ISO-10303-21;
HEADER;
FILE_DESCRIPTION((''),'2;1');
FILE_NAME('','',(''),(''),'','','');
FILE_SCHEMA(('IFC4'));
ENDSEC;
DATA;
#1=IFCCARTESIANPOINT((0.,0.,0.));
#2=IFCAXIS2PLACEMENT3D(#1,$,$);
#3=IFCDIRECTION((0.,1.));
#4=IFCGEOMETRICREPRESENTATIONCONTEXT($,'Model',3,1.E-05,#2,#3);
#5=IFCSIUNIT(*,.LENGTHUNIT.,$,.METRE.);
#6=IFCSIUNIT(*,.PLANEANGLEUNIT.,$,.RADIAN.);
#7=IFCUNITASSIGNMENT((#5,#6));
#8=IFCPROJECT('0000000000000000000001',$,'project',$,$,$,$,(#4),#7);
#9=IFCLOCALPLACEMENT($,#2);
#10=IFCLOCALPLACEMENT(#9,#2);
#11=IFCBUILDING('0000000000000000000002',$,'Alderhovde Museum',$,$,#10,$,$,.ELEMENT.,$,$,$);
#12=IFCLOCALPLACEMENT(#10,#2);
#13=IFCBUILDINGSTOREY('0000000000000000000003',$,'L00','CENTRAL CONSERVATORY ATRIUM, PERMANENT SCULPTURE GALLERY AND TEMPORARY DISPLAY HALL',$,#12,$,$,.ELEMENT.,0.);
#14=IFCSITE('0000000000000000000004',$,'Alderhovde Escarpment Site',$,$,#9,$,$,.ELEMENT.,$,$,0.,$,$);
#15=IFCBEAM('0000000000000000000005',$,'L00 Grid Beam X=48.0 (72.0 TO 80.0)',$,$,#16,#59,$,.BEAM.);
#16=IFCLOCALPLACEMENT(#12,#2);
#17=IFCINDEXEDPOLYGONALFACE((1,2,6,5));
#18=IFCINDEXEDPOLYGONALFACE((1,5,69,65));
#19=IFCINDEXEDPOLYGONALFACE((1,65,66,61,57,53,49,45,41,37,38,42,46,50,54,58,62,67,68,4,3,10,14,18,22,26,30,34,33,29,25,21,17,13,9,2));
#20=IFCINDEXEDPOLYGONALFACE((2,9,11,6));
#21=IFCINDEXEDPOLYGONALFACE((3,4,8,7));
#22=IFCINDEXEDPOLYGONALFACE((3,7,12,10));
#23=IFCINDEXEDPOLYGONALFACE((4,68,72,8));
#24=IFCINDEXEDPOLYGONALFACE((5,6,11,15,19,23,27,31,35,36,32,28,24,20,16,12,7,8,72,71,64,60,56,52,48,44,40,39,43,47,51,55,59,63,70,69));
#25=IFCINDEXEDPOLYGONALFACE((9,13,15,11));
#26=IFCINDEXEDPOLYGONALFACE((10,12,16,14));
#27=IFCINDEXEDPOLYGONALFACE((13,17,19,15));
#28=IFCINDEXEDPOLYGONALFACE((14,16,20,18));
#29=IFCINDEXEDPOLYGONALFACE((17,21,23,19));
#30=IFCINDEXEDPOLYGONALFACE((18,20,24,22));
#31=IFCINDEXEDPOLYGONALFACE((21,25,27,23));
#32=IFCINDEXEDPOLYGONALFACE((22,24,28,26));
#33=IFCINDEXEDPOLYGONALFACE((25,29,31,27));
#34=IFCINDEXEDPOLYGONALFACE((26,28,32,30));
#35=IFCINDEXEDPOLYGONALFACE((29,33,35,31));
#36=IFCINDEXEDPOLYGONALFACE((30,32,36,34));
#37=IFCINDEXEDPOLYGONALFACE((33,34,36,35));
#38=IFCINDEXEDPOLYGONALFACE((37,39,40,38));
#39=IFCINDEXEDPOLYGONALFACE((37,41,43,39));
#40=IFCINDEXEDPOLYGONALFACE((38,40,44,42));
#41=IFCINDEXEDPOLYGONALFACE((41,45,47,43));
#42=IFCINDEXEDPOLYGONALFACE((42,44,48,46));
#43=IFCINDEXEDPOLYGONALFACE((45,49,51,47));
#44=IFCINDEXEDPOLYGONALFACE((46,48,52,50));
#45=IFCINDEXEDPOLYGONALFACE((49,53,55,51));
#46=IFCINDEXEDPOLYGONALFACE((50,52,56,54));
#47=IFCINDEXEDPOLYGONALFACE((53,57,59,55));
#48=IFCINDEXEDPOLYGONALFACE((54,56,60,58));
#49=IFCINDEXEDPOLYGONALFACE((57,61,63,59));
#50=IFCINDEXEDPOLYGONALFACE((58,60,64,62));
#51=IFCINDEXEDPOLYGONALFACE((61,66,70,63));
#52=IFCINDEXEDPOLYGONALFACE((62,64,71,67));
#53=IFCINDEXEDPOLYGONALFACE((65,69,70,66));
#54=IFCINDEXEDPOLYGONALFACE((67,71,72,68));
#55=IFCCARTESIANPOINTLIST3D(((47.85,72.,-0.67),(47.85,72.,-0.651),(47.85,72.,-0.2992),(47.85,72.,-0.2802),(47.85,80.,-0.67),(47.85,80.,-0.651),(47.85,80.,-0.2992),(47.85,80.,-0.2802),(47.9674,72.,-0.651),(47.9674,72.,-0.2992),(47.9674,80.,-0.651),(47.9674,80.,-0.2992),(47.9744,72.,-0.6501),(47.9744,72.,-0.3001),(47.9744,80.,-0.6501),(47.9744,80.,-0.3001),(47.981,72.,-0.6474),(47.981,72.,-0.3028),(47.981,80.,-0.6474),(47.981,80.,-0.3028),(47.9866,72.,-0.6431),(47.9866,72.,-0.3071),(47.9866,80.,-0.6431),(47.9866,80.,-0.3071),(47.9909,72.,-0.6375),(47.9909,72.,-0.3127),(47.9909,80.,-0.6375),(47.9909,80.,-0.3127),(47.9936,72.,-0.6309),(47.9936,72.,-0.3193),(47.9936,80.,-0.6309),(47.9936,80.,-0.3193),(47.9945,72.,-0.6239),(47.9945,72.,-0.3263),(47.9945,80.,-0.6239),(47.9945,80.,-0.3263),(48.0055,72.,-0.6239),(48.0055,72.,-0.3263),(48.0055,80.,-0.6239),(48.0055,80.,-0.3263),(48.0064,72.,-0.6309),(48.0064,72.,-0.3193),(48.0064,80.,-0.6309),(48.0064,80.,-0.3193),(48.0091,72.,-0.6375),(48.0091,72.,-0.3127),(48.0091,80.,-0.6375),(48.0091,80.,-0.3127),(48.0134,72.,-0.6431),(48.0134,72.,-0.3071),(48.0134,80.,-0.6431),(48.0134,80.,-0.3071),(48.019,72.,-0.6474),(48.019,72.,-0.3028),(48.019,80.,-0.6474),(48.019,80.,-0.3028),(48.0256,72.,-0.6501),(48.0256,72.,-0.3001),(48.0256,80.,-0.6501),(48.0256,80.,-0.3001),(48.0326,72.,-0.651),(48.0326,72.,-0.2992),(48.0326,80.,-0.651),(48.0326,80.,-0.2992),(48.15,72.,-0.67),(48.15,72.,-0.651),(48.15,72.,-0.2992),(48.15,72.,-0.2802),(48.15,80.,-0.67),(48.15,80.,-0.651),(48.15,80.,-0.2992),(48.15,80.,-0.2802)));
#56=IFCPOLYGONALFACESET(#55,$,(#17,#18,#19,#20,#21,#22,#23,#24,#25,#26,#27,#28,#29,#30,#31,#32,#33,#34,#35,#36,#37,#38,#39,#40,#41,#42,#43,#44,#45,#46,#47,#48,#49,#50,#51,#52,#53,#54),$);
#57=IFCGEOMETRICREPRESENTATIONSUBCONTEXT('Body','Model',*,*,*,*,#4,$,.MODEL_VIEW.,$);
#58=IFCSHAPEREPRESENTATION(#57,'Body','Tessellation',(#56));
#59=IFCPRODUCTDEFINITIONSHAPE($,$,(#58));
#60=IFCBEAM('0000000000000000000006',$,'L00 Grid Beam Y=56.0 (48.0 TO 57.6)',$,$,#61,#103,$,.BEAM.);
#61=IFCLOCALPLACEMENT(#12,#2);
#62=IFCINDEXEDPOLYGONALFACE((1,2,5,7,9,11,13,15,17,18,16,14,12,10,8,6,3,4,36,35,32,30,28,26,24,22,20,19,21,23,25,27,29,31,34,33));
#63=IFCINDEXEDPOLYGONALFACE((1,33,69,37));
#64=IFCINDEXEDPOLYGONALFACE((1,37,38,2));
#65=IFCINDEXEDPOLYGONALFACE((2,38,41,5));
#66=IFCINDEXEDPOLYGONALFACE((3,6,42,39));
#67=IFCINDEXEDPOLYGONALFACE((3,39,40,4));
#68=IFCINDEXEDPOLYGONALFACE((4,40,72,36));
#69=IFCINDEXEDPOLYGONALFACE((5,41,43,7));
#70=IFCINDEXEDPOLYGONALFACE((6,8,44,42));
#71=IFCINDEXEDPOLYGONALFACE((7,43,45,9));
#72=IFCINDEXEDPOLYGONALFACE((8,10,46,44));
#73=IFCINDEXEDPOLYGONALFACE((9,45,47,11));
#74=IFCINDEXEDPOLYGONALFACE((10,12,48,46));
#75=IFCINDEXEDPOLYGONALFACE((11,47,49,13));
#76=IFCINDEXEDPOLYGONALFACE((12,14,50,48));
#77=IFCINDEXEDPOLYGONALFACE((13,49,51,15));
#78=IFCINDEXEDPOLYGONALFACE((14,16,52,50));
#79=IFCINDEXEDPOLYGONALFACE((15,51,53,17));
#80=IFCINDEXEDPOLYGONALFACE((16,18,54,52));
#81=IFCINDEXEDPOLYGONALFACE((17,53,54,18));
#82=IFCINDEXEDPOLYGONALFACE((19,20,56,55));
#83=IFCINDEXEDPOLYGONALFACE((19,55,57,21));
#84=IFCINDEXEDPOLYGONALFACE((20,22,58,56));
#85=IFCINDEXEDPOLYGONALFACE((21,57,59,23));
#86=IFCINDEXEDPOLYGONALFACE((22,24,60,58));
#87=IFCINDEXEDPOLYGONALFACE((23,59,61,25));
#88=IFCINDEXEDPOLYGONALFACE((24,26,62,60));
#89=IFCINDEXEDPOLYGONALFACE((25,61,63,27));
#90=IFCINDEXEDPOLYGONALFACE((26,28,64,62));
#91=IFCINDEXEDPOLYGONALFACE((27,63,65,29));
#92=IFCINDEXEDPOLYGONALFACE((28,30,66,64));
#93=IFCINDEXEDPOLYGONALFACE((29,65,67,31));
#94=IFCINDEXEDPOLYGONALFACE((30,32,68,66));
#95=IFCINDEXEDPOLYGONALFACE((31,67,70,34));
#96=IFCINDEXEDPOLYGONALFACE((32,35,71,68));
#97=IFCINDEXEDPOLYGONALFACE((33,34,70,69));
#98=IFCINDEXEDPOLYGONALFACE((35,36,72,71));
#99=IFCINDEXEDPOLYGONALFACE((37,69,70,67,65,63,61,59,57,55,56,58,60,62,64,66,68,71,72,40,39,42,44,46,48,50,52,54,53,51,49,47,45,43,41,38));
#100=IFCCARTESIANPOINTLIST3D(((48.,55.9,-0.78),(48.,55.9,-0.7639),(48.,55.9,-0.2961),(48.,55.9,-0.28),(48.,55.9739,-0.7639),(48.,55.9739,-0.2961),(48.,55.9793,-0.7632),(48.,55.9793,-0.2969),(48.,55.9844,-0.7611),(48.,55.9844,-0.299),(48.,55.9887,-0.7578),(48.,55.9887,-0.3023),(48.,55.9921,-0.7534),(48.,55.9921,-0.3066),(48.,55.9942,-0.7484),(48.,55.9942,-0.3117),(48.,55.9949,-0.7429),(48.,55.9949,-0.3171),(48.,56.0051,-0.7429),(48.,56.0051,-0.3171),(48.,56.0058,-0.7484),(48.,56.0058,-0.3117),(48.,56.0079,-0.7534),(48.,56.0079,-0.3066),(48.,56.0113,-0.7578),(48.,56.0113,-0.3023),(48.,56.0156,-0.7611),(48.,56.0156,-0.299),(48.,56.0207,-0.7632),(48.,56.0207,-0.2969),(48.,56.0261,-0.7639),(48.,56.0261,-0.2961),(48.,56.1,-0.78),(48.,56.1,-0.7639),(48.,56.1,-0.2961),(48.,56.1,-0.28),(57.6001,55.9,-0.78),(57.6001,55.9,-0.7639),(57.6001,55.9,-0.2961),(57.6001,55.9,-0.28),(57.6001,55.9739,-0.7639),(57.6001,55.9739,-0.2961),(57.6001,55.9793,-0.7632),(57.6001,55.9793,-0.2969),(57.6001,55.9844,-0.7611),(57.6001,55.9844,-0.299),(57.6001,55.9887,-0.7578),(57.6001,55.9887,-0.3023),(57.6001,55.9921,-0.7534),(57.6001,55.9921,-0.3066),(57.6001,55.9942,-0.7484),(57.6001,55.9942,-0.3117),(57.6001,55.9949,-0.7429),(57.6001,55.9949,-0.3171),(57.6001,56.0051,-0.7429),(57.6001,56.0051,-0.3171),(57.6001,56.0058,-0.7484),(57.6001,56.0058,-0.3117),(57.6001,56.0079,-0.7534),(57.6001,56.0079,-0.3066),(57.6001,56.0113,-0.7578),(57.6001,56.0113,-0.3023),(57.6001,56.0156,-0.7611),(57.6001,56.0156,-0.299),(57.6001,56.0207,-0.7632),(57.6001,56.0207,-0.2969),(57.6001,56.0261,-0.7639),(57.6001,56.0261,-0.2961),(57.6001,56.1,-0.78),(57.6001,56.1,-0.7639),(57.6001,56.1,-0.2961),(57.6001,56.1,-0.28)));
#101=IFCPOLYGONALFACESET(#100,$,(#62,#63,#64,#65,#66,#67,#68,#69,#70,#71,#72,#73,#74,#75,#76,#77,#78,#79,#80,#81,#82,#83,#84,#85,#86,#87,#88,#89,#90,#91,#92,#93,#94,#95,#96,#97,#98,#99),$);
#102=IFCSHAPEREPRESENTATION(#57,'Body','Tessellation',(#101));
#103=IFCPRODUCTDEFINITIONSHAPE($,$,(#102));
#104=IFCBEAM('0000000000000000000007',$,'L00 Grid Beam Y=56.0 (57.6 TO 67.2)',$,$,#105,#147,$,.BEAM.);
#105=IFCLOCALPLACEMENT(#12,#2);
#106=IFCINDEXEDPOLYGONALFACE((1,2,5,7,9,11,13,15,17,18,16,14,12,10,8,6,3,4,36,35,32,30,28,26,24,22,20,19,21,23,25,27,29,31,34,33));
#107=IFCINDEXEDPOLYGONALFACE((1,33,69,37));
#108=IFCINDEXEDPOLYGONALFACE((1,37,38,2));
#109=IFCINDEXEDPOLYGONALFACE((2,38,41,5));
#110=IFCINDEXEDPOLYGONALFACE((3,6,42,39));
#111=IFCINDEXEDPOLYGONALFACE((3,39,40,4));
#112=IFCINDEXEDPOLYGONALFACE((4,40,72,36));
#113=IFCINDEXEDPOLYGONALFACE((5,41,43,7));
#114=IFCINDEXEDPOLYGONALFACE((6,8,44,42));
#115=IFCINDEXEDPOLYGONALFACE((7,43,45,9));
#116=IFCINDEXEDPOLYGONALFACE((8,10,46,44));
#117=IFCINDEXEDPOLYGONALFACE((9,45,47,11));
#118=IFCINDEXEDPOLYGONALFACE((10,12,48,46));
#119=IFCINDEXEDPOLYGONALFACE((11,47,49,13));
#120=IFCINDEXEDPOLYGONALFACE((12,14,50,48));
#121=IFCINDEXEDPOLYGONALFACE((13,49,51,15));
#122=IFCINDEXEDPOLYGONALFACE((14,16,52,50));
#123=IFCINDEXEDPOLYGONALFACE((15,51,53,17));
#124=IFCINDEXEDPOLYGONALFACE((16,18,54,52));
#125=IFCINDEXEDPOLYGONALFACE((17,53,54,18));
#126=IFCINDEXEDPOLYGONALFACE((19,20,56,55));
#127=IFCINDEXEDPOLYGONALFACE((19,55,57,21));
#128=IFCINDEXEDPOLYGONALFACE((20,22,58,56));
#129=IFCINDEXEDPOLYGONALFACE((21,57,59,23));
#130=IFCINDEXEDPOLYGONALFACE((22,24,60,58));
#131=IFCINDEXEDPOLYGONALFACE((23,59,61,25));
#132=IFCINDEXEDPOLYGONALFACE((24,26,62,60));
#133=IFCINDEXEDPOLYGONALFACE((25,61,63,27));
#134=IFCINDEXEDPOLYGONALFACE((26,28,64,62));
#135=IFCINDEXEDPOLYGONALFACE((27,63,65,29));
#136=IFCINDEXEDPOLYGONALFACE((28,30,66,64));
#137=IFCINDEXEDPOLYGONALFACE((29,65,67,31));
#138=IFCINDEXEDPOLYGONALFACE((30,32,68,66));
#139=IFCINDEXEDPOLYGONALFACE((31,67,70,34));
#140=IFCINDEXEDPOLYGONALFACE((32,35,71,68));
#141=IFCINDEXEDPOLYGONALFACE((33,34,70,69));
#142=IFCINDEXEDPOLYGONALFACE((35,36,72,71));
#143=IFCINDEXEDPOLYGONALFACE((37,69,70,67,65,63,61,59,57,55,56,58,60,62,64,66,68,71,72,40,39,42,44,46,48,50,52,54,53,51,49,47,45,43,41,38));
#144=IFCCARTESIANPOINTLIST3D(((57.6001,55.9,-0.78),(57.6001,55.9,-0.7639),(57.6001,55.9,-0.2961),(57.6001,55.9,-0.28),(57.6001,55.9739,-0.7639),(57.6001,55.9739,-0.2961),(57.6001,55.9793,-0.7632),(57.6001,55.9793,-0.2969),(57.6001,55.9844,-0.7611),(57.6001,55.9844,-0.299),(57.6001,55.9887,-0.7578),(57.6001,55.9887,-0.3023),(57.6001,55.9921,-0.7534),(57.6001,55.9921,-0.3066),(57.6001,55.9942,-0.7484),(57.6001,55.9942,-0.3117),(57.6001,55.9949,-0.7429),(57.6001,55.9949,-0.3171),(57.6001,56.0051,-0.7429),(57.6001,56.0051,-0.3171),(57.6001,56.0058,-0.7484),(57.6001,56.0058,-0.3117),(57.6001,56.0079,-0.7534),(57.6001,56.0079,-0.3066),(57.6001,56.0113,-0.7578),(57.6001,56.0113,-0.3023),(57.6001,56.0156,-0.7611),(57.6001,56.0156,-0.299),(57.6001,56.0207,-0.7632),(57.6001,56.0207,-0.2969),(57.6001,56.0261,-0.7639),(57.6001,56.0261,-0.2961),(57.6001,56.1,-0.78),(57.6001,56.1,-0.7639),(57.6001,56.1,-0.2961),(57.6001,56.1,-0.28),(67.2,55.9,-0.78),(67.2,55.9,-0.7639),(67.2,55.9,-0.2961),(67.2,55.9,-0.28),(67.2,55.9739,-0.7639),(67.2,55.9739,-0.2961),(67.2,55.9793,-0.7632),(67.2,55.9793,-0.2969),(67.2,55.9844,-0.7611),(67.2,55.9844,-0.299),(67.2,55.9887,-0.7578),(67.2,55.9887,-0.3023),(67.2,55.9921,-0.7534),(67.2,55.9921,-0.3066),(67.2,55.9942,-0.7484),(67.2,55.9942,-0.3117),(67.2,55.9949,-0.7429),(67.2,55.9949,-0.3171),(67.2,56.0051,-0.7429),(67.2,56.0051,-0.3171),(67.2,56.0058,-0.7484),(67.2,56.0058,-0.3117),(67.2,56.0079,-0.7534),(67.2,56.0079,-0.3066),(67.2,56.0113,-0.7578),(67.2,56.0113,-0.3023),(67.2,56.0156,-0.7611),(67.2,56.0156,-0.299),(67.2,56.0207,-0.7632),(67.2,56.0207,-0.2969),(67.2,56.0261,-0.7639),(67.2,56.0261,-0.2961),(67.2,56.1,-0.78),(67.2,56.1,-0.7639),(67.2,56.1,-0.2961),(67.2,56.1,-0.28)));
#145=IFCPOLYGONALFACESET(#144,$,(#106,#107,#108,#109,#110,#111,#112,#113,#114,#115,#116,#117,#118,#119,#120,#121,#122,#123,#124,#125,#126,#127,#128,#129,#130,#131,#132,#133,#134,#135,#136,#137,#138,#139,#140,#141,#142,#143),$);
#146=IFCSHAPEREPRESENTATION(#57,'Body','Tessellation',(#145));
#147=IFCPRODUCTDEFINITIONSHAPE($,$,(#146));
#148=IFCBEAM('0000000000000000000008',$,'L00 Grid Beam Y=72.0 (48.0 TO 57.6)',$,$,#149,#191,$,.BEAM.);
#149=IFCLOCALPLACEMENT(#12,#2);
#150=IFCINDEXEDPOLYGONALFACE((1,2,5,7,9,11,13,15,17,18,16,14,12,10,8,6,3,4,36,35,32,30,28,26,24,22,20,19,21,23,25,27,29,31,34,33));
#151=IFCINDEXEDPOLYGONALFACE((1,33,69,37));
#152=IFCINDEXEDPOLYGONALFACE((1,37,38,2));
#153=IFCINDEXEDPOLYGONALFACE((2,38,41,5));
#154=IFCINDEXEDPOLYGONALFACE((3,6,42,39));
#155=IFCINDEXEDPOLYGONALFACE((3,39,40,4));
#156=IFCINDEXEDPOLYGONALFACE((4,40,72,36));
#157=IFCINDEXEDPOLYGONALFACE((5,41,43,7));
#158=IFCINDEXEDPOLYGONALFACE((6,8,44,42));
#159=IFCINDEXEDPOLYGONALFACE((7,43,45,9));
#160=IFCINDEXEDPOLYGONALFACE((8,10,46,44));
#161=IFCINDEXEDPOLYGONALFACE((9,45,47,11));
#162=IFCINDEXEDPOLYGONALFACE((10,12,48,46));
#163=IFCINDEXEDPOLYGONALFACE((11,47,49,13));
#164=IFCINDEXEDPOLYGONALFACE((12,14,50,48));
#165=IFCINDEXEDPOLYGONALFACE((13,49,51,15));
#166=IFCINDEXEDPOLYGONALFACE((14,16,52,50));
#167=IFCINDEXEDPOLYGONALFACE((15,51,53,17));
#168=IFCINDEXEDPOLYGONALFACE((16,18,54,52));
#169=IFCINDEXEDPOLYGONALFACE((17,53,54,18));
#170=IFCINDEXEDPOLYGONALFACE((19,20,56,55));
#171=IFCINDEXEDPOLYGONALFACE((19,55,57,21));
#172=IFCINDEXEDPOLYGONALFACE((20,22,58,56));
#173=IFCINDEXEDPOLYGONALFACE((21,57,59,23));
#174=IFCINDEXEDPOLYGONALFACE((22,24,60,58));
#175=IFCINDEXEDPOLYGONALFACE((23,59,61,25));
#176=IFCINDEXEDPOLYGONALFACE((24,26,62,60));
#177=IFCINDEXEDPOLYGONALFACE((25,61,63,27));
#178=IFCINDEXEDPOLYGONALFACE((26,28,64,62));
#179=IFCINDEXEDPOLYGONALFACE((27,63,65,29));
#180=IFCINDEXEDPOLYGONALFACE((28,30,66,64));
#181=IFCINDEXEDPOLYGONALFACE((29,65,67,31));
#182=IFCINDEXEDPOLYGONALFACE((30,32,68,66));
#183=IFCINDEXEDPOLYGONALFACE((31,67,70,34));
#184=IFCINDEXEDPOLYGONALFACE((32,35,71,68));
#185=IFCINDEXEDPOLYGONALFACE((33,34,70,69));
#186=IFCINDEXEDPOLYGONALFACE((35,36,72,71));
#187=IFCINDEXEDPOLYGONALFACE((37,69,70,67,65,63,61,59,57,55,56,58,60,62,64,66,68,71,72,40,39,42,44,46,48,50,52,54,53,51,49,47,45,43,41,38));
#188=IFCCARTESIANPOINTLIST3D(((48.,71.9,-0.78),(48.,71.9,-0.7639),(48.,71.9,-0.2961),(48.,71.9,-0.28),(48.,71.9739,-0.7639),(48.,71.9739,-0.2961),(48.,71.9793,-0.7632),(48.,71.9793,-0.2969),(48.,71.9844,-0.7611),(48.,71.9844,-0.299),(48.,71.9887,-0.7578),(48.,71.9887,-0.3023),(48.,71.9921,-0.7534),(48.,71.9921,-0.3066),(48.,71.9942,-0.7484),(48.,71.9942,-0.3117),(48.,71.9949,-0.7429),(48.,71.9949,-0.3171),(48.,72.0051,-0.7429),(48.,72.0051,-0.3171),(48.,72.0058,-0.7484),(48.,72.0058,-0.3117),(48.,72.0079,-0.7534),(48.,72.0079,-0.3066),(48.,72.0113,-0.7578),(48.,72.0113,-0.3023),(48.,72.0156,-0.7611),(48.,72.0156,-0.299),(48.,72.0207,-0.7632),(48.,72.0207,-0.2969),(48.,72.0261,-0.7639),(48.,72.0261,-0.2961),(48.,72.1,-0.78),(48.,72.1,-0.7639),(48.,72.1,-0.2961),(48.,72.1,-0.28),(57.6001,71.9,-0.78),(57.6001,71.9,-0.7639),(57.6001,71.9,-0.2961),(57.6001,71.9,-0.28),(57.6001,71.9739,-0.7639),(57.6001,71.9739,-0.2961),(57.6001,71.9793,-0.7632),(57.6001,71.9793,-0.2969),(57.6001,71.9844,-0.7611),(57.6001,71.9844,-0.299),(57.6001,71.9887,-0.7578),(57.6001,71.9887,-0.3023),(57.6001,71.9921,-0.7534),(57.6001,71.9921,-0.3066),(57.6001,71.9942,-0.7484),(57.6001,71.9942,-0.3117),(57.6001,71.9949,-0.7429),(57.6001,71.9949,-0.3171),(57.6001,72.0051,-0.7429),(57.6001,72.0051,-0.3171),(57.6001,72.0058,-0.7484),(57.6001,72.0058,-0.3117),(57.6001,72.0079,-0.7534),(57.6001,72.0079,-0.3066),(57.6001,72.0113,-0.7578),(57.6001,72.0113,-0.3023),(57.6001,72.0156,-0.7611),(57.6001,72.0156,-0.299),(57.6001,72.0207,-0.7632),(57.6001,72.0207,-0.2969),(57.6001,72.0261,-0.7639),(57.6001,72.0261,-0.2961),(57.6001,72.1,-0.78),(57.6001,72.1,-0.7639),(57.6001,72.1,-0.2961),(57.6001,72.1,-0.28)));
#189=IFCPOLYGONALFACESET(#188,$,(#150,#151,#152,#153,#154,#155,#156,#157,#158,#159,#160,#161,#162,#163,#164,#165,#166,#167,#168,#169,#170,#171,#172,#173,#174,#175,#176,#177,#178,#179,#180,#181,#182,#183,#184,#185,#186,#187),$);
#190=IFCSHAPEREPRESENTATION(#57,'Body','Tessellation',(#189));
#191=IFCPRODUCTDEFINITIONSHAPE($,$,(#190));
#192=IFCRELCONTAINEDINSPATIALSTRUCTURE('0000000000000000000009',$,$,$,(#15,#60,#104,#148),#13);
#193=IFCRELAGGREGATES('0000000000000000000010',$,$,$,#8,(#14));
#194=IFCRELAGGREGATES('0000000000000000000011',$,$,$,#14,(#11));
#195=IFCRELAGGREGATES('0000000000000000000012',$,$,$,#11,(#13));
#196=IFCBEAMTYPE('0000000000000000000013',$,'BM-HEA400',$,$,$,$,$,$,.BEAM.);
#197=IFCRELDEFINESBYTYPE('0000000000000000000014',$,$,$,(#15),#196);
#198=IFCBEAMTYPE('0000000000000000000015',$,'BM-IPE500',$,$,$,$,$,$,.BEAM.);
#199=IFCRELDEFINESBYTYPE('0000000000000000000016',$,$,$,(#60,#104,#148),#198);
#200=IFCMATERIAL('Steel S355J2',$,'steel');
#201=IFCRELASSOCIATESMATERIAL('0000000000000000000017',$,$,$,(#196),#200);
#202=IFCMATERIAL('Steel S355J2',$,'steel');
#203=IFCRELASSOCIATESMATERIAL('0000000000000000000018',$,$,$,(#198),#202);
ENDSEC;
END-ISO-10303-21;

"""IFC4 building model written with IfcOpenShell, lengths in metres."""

from ifc_helpers import new_model, si_unit, direction, frame, origin, origin_2d, place, context, subcontext, project, spatial, i_section, extrude, material, material_profile, profile_set, type_object, element, save


model = new_model("IFC4")

# Units and contexts
model_context = context("Model", 3, precision=1e-05, world=origin(), true_north=direction((0.0, 1.0)))
body_context = subcontext(model_context, "Body", "Model", "MODEL_VIEW")
ifc_project = project(units=[si_unit("LENGTHUNIT", "METRE"), si_unit("PLANEANGLEUNIT", "RADIAN")], contexts=[model_context])

# Site, building, storey
site_placement = place(None, origin())
site = spatial("IfcSite", under=ifc_project, at=site_placement, Name="Alderhovde Escarpment Site", CompositionType="ELEMENT", RefElevation=0.0)
building_placement = place(site_placement, origin())
building = spatial("IfcBuilding", under=site, at=building_placement, Name="Alderhovde Museum", CompositionType="ELEMENT")
storey_placement = place(building_placement, origin())
storey = spatial("IfcBuildingStorey", under=building, at=storey_placement, Name="L00", Description="CENTRAL CONSERVATORY ATRIUM, PERMANENT SCULPTURE GALLERY AND TEMPORARY DISPLAY HALL", CompositionType="ELEMENT", Elevation=0.0)

# Beams
ifc_material_1 = material(Name="Steel S355J2", Category="steel")
ifc_material_profile_1 = material_profile(ifc_material_1, i_section(OverallWidth=0.3, OverallDepth=0.3899, WebThickness=0.011, FlangeThickness=0.019, FilletRadius=0.0271, at=origin_2d()), Name="HEA 400")
ifc_profile_set_1 = profile_set([ifc_material_profile_1], Name="Steel S355J2")
beam_type_1 = type_object("IfcBeamType", Name="BM-HEA400", PredefinedType="BEAM", material=ifc_profile_set_1)
for number, where, z_axis, x_axis, name in (
    (1, (48.0, 72.0, -0.4751), (0.0, 1.0, 0.0), (-1.0, 0.0, 0.0), "L00 Grid Beam X=48.0 (72.0 TO 80.0)"),
):
    element("IfcBeam", number, at=place(storey_placement, frame(where, z_axis=z_axis, x_axis=x_axis)), inside=storey, type_object=beam_type_1, Name=name, PredefinedType="BEAM", context=body_context, shape_type="SweptSolid", body=[
        extrude(i_section(OverallWidth=0.3, OverallDepth=0.3899, WebThickness=0.011, FlangeThickness=0.019, FilletRadius=0.0271, at=origin_2d()), origin(), (0.0, 0.0, 1.0), 8.0),
    ])
ifc_material_2 = material(Name="Steel S355J2", Category="steel")
ifc_material_profile_2 = material_profile(ifc_material_2, i_section(OverallWidth=0.2, OverallDepth=0.5, WebThickness=0.0103, FlangeThickness=0.0161, FilletRadius=0.021, at=origin_2d()), Name="IPE 500")
ifc_profile_set_2 = profile_set([ifc_material_profile_2], Name="Steel S355J2")
beam_type_2 = type_object("IfcBeamType", Name="BM-IPE500", PredefinedType="BEAM", material=ifc_profile_set_2)
beam_1_placement = place(storey_placement, frame((48.0, 56.0, -0.53), z_axis=(1.0, 0.0, 0.0), x_axis=(0.0, 1.0, 0.0)))
element("IfcBeam", 2, at=beam_1_placement, inside=storey, type_object=beam_type_2, Name="L00 Grid Beam Y=56.0 (48.0 TO 57.6)", PredefinedType="BEAM", context=body_context, shape_type="SweptSolid", body=[
    extrude(i_section(OverallWidth=0.2, OverallDepth=0.5, WebThickness=0.0103, FlangeThickness=0.0161, FilletRadius=0.021, at=origin_2d()), origin(), (0.0, 0.0, 1.0), 9.6001),
])
beam_2_placement = place(storey_placement, frame((57.6001, 56.0, -0.53), z_axis=(1.0, 0.0, 0.0), x_axis=(0.0, 1.0, 0.0)))
element("IfcBeam", 3, at=beam_2_placement, inside=storey, type_object=beam_type_2, Name="L00 Grid Beam Y=56.0 (57.6 TO 67.2)", PredefinedType="BEAM", context=body_context, shape_type="SweptSolid", body=[
    extrude(i_section(OverallWidth=0.2, OverallDepth=0.5, WebThickness=0.0103, FlangeThickness=0.0161, FilletRadius=0.021, at=origin_2d()), origin(), (0.0, 0.0, 1.0), 9.5999),
])
beam_3_placement = place(storey_placement, frame((48.0, 72.0, -0.53), z_axis=(1.0, 0.0, 0.0), x_axis=(0.0, 1.0, 0.0)))
element("IfcBeam", 4, at=beam_3_placement, inside=storey, type_object=beam_type_2, Name="L00 Grid Beam Y=72.0 (48.0 TO 57.6)", PredefinedType="BEAM", context=body_context, shape_type="SweptSolid", body=[
    extrude(i_section(OverallWidth=0.2, OverallDepth=0.5, WebThickness=0.0103, FlangeThickness=0.0161, FilletRadius=0.021, at=origin_2d()), origin(), (0.0, 0.0, 1.0), 9.6001),
])

save(model, "model.ifc")
